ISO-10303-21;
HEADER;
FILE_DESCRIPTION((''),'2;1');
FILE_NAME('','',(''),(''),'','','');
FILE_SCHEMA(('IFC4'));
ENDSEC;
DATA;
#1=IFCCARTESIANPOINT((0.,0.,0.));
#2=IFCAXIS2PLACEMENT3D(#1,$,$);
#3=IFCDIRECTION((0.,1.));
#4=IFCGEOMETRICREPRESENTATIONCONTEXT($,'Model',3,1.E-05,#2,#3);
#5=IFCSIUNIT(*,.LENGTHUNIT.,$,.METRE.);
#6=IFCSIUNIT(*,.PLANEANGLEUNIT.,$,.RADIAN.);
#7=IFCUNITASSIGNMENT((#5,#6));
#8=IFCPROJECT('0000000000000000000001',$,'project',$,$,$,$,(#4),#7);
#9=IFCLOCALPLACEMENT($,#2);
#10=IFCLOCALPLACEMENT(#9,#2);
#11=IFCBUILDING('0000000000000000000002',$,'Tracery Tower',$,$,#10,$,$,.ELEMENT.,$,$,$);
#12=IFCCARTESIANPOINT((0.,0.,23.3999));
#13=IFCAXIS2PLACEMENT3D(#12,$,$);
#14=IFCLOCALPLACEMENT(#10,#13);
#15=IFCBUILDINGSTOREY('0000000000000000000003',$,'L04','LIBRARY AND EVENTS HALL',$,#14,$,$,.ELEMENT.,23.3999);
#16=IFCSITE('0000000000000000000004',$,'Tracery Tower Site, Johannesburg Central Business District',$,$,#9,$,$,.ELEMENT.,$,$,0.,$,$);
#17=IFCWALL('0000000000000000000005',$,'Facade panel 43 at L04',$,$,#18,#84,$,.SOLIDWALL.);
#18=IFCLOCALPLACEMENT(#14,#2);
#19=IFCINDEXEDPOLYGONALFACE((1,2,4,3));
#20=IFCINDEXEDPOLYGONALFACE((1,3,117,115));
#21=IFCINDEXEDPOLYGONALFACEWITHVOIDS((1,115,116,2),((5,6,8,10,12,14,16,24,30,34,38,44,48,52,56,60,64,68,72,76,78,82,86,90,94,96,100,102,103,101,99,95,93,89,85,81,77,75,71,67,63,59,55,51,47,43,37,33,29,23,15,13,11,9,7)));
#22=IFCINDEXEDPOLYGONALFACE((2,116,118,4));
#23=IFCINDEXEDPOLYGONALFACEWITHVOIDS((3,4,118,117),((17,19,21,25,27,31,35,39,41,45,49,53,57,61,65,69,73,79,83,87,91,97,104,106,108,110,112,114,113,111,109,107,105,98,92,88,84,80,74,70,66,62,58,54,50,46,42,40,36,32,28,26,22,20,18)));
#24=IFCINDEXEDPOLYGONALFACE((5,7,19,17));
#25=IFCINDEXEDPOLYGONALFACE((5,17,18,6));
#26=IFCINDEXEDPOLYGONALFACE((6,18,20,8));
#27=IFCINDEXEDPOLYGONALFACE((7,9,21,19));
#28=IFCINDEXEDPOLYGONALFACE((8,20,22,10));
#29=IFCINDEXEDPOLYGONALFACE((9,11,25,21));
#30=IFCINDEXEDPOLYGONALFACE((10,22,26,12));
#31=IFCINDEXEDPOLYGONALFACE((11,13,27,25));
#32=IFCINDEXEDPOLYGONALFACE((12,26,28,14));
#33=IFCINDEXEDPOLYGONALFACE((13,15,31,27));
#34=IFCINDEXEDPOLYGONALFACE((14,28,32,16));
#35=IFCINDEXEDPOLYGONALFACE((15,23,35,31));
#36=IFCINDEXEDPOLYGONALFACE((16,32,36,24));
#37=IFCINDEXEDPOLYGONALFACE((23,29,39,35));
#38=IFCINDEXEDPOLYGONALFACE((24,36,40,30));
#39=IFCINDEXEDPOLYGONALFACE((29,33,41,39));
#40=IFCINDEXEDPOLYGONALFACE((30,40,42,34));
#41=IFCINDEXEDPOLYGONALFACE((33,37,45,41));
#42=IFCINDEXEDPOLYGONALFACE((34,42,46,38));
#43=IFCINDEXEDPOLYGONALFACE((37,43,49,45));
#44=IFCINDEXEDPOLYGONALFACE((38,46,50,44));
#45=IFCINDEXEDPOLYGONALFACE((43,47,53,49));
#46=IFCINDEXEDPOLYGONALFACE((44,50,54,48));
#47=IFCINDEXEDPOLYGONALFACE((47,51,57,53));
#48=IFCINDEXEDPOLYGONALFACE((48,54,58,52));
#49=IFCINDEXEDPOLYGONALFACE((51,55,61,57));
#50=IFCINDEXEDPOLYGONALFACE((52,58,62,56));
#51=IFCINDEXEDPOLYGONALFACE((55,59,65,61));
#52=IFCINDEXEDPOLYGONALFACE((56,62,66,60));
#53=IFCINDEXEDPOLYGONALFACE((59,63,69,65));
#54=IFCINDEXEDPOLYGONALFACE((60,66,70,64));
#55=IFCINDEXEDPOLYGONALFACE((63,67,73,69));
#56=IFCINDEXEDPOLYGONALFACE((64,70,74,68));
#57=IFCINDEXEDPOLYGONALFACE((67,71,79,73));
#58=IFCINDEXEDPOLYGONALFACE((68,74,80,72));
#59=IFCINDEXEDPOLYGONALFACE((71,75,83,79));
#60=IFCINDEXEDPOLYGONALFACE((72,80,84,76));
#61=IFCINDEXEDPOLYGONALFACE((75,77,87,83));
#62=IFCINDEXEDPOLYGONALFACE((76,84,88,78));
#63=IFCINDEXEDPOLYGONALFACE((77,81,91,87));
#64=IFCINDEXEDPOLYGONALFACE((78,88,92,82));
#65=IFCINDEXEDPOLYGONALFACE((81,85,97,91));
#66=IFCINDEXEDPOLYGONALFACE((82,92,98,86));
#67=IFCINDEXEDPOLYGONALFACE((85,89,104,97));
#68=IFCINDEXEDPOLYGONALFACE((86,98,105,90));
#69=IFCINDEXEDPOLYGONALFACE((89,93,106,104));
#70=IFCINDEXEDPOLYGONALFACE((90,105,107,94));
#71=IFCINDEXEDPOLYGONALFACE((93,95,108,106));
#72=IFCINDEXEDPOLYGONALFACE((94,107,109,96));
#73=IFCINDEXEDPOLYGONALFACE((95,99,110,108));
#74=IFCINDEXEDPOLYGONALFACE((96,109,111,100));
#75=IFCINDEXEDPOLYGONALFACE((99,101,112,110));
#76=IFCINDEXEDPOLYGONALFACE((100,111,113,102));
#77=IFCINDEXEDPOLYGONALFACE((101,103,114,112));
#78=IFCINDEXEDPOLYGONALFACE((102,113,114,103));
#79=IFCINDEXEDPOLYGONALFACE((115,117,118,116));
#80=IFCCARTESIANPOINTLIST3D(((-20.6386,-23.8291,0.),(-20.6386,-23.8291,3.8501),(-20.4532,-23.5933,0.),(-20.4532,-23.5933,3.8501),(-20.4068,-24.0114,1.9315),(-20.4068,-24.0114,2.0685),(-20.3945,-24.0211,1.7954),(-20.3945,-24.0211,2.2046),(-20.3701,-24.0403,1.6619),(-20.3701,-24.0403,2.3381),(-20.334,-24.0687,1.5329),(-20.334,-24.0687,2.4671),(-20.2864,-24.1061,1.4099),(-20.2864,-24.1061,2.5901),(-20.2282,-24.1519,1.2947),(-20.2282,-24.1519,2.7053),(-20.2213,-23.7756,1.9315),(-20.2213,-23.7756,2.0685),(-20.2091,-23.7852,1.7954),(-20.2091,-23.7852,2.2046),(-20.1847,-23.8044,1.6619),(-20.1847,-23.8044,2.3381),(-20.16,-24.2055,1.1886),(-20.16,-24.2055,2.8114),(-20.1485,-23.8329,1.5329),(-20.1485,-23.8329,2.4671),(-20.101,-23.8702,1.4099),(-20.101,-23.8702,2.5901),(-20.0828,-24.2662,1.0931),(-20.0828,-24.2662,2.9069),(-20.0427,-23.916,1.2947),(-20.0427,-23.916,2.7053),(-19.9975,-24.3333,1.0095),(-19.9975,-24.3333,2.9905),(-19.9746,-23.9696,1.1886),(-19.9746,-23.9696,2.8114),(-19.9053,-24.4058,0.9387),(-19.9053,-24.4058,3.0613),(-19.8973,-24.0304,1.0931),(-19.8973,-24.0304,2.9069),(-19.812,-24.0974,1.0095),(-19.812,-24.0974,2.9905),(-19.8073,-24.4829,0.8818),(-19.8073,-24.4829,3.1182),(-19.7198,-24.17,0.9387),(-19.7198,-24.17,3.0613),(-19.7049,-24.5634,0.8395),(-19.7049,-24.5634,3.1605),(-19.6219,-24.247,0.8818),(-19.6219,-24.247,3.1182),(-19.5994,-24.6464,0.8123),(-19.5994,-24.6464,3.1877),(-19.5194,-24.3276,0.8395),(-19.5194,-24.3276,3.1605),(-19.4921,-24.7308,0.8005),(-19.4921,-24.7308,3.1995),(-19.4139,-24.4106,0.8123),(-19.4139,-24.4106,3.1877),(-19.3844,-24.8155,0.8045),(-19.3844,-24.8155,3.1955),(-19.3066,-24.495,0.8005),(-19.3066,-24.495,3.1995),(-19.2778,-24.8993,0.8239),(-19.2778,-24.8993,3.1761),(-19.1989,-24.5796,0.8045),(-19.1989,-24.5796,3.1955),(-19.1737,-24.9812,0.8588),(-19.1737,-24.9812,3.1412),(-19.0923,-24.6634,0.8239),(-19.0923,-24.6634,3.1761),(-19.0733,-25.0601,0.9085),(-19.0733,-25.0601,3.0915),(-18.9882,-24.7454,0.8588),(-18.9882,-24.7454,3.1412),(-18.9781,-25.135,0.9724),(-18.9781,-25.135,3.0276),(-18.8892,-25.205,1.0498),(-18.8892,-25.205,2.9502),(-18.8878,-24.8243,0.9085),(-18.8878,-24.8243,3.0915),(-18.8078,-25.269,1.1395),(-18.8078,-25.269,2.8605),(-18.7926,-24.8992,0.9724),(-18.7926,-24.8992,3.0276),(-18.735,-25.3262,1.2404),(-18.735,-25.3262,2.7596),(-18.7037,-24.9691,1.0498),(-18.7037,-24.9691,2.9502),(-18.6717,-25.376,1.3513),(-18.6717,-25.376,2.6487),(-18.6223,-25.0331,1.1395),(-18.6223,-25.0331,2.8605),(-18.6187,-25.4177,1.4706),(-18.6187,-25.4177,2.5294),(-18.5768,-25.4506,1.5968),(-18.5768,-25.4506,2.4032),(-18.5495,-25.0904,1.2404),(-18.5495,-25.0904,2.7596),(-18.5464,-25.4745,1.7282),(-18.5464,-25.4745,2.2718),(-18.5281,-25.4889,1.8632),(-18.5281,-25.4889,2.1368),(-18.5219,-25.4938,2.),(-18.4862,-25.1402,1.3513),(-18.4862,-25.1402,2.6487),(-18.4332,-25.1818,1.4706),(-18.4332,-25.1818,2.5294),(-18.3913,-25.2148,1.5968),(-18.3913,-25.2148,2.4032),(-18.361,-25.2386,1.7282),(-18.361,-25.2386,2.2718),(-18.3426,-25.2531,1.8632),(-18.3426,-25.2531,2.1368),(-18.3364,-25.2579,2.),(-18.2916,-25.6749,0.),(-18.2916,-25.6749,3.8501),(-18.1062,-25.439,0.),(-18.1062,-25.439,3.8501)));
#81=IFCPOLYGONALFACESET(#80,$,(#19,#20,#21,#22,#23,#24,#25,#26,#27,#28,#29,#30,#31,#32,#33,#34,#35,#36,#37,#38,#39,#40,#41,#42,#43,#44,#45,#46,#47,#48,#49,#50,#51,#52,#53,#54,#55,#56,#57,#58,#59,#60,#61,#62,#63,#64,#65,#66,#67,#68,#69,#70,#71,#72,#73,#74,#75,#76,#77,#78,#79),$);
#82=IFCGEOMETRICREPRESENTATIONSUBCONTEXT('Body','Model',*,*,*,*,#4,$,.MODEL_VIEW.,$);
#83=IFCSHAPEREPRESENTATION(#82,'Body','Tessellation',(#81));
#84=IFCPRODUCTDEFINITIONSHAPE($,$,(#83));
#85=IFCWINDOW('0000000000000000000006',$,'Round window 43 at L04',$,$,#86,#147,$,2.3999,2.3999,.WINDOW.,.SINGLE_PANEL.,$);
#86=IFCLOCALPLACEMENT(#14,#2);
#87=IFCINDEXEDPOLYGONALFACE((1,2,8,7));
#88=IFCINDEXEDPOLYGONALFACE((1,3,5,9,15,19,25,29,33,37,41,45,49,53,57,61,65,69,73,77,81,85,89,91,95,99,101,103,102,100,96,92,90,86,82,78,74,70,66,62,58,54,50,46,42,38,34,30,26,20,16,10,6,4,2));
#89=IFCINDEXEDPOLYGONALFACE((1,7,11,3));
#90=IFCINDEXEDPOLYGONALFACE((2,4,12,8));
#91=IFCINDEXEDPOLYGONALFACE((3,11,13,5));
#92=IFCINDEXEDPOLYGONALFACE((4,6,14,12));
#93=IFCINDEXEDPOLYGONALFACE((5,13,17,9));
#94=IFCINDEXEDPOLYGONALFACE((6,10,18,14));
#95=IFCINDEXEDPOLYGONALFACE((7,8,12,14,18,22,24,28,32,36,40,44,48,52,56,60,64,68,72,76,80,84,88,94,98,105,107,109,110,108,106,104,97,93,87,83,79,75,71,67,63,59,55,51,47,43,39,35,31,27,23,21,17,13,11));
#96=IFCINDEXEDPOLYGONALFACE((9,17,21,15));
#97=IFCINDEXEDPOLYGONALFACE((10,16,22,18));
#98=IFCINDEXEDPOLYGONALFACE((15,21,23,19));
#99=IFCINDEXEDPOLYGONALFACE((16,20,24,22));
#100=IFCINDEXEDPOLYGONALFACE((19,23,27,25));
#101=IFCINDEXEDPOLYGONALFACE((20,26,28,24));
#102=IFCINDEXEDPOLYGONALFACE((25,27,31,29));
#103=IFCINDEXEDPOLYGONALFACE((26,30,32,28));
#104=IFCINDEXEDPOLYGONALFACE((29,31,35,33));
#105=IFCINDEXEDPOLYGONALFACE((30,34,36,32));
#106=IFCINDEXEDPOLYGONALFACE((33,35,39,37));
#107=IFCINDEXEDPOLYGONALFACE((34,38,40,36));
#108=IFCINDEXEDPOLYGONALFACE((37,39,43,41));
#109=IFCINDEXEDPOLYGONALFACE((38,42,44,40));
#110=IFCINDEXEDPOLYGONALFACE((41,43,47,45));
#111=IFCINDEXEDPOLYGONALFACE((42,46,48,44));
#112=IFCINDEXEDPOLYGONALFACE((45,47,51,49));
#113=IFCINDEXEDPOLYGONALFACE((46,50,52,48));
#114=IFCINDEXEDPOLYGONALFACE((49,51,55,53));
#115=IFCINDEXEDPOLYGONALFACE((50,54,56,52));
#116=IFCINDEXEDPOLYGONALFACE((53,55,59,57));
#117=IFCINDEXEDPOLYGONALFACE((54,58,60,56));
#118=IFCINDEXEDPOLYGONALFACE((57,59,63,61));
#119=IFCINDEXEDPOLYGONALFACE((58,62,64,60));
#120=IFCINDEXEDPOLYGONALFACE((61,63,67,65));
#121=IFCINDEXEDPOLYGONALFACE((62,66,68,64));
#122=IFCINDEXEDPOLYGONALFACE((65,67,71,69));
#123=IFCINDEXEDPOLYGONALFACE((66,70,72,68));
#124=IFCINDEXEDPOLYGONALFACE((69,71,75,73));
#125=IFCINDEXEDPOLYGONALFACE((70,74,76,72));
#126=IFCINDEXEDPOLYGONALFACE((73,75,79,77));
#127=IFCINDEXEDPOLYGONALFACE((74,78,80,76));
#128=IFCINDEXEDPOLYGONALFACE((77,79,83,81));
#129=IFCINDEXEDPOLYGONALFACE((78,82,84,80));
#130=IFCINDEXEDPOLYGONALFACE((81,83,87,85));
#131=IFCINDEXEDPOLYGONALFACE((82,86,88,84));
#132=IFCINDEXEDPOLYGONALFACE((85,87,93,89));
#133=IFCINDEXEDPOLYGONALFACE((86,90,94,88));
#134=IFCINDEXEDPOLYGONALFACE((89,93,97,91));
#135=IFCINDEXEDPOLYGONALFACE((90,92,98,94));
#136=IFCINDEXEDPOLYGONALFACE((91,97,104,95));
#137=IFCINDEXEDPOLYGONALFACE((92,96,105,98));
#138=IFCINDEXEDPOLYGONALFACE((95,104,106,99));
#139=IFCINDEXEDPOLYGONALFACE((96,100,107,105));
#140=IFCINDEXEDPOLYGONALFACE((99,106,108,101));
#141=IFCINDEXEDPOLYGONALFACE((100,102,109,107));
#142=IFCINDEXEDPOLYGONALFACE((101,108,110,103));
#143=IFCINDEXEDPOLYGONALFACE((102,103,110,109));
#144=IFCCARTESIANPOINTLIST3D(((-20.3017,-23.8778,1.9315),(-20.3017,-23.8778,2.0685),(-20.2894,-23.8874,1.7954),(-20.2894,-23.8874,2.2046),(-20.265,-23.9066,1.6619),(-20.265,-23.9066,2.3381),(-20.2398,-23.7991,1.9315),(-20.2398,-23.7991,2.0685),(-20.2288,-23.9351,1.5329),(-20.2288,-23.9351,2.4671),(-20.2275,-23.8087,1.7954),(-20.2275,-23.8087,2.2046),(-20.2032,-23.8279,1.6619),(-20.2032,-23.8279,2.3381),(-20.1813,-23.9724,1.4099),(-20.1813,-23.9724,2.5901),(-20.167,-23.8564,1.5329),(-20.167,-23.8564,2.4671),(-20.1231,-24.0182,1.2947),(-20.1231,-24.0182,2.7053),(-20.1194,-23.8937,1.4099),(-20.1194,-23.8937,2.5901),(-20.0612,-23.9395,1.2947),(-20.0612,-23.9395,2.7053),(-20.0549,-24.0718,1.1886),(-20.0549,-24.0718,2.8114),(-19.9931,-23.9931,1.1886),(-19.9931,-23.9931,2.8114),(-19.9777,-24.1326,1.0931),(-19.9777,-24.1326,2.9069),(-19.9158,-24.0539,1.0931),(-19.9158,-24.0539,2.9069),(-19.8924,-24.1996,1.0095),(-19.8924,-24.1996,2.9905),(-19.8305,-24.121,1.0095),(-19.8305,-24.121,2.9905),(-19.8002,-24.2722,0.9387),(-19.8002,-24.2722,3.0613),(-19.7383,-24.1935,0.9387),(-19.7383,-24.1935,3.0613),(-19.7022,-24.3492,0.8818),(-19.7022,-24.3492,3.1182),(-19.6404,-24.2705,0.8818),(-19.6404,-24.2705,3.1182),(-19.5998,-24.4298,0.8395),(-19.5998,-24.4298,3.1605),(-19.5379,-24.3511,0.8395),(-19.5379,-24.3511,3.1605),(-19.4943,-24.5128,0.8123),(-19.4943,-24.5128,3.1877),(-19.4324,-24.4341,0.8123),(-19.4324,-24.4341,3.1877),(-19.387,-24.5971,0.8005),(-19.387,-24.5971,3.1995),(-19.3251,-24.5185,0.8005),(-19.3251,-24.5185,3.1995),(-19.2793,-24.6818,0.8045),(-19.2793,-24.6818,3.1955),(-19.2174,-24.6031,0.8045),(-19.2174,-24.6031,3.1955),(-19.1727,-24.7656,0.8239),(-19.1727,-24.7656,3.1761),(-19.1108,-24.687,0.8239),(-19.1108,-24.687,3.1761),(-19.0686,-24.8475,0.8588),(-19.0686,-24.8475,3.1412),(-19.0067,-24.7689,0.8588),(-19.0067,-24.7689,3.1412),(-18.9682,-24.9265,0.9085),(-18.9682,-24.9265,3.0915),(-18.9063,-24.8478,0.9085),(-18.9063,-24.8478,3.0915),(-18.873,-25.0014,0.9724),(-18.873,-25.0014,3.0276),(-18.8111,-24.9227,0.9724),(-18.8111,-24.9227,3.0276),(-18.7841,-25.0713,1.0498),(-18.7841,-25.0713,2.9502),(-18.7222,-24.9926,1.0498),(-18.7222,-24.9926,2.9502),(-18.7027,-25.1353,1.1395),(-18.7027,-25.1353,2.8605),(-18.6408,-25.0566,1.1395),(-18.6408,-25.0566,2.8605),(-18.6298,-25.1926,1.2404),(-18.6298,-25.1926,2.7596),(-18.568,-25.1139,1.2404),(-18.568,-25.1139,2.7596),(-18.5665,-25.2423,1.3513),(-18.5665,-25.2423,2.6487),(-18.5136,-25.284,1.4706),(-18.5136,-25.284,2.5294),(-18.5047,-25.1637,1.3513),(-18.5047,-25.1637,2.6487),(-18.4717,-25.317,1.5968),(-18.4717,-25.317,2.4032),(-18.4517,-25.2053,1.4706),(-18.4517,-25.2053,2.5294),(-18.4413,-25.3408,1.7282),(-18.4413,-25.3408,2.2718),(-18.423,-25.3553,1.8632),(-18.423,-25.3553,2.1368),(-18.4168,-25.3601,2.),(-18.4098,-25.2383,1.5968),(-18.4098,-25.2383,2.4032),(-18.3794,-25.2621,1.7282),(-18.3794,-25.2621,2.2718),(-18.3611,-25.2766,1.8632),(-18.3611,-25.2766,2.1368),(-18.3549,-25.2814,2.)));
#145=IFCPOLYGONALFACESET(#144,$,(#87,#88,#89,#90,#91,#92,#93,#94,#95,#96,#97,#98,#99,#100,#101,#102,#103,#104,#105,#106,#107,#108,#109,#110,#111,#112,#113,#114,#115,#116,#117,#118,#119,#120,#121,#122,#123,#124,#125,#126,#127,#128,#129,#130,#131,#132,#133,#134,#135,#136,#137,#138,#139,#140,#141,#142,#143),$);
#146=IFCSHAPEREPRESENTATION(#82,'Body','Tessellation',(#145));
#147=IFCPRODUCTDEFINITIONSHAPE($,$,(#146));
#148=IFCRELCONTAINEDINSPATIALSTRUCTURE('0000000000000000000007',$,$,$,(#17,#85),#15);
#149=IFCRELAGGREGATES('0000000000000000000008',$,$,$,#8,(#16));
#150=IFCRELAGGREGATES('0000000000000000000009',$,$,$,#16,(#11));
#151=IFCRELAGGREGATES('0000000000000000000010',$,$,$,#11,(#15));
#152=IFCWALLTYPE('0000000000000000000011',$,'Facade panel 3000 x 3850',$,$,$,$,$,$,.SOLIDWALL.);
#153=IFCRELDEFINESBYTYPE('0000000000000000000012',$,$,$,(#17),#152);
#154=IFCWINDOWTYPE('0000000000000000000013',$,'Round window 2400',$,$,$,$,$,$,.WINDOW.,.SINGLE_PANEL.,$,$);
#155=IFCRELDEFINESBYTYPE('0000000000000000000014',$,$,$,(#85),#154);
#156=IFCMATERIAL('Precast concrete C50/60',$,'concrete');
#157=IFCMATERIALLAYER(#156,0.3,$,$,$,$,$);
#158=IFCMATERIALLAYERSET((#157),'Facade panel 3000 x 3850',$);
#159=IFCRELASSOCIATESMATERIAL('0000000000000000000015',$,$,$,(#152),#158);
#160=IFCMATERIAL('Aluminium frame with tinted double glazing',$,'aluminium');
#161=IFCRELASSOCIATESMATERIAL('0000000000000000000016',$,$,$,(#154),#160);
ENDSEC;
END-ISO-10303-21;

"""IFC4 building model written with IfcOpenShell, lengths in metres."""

from ifc_helpers import new_model, si_unit, direction, frame, frame_2d, origin, origin_2d, place, context, subcontext, project, spatial, rectangle, circle, extrude, material, layer, layer_set, type_object, element, fill, save


model = new_model("IFC4")

# Units and contexts
model_context = context("Model", 3, precision=1e-05, world=origin(), true_north=direction((0.0, 1.0)))
body_context = subcontext(model_context, "Body", "Model", "MODEL_VIEW")
ifc_project = project(units=[si_unit("LENGTHUNIT", "METRE"), si_unit("PLANEANGLEUNIT", "RADIAN")], contexts=[model_context])

# Site, building, storey
site_placement = place(None, origin())
site = spatial("IfcSite", under=ifc_project, at=site_placement, Name="Tracery Tower Site, Johannesburg Central Business District", CompositionType="ELEMENT", RefElevation=0.0)
building_placement = place(site_placement, origin())
building = spatial("IfcBuilding", under=site, at=building_placement, Name="Tracery Tower", CompositionType="ELEMENT")
storey_placement = place(building_placement, frame((0.0, 0.0, 23.3999)))
storey = spatial("IfcBuildingStorey", under=building, at=storey_placement, Name="L04", Description="LIBRARY AND EVENTS HALL", CompositionType="ELEMENT", Elevation=23.3999)

# Wall, opening, window
ifc_material_1 = material(Name="Precast concrete C50/60", Category="concrete")
ifc_layer_1 = layer(ifc_material_1, 0.3)
ifc_layer_set_1 = layer_set([ifc_layer_1], Name="Facade panel 3000 x 3850")
wall_type_1 = type_object("IfcWallType", Name="Facade panel 3000 x 3850", PredefinedType="SOLIDWALL", material=ifc_layer_set_1)
ifc_material_2 = material(Name="Aluminium frame with tinted double glazing", Category="aluminium")
window_type = type_object("IfcWindowType", Name="Round window 2400", PartitioningType="SINGLE_PANEL", PredefinedType="WINDOW", material=ifc_material_2)
wall_1_placement = place(storey_placement, frame((-20.5459, -23.7112, 0.0), z_axis=(0.0, 0.0, 1.0), x_axis=(0.786043, -0.618172, 0.0)))
wall_1 = element("IfcWall", 1, at=wall_1_placement, inside=storey, type_object=wall_type_1, Name="Facade panel 43 at L04", PredefinedType="SOLIDWALL", context=body_context, shape_type="SweptSolid", body=[
    extrude(rectangle(XDim=2.9858, YDim=0.3, at=frame_2d((1.4929, 0.0))), origin(), (0.0, 0.0, 1.0), 3.8501),
])
opening_1_placement = place(wall_1_placement, frame((1.4929, 0.0, 2.0)))
opening_1 = element("IfcOpeningElement", 2, at=opening_1_placement, cuts=wall_1, PredefinedType="OPENING", context=body_context, shape_type="SweptSolid", body=[
    extrude(circle(Radius=1.2, at=origin_2d()), frame((0.0, 0.1599, 0.0), z_axis=(0.0, -1.0, 0.0), x_axis=(1.0, 0.0, 0.0)), (0.0, 0.0, 1.0), 0.3201),
])
window_1_placement = place(opening_1_placement, origin())
window_1 = element("IfcWindow", 3, at=window_1_placement, inside=storey, type_object=window_type, Name="Round window 43 at L04", OverallHeight=2.3999, OverallWidth=2.3999, PartitioningType="SINGLE_PANEL", PredefinedType="WINDOW", context=body_context, shape_type="SweptSolid", body=[
    extrude(circle(Radius=1.2, at=origin_2d()), frame((0.0, 0.1201, 0.0), z_axis=(0.0, -1.0, 0.0), x_axis=(1.0, 0.0, 0.0)), (0.0, 0.0, 1.0), 0.1001),
])
fill(opening_1, window_1)

save(model, "model.ifc")
